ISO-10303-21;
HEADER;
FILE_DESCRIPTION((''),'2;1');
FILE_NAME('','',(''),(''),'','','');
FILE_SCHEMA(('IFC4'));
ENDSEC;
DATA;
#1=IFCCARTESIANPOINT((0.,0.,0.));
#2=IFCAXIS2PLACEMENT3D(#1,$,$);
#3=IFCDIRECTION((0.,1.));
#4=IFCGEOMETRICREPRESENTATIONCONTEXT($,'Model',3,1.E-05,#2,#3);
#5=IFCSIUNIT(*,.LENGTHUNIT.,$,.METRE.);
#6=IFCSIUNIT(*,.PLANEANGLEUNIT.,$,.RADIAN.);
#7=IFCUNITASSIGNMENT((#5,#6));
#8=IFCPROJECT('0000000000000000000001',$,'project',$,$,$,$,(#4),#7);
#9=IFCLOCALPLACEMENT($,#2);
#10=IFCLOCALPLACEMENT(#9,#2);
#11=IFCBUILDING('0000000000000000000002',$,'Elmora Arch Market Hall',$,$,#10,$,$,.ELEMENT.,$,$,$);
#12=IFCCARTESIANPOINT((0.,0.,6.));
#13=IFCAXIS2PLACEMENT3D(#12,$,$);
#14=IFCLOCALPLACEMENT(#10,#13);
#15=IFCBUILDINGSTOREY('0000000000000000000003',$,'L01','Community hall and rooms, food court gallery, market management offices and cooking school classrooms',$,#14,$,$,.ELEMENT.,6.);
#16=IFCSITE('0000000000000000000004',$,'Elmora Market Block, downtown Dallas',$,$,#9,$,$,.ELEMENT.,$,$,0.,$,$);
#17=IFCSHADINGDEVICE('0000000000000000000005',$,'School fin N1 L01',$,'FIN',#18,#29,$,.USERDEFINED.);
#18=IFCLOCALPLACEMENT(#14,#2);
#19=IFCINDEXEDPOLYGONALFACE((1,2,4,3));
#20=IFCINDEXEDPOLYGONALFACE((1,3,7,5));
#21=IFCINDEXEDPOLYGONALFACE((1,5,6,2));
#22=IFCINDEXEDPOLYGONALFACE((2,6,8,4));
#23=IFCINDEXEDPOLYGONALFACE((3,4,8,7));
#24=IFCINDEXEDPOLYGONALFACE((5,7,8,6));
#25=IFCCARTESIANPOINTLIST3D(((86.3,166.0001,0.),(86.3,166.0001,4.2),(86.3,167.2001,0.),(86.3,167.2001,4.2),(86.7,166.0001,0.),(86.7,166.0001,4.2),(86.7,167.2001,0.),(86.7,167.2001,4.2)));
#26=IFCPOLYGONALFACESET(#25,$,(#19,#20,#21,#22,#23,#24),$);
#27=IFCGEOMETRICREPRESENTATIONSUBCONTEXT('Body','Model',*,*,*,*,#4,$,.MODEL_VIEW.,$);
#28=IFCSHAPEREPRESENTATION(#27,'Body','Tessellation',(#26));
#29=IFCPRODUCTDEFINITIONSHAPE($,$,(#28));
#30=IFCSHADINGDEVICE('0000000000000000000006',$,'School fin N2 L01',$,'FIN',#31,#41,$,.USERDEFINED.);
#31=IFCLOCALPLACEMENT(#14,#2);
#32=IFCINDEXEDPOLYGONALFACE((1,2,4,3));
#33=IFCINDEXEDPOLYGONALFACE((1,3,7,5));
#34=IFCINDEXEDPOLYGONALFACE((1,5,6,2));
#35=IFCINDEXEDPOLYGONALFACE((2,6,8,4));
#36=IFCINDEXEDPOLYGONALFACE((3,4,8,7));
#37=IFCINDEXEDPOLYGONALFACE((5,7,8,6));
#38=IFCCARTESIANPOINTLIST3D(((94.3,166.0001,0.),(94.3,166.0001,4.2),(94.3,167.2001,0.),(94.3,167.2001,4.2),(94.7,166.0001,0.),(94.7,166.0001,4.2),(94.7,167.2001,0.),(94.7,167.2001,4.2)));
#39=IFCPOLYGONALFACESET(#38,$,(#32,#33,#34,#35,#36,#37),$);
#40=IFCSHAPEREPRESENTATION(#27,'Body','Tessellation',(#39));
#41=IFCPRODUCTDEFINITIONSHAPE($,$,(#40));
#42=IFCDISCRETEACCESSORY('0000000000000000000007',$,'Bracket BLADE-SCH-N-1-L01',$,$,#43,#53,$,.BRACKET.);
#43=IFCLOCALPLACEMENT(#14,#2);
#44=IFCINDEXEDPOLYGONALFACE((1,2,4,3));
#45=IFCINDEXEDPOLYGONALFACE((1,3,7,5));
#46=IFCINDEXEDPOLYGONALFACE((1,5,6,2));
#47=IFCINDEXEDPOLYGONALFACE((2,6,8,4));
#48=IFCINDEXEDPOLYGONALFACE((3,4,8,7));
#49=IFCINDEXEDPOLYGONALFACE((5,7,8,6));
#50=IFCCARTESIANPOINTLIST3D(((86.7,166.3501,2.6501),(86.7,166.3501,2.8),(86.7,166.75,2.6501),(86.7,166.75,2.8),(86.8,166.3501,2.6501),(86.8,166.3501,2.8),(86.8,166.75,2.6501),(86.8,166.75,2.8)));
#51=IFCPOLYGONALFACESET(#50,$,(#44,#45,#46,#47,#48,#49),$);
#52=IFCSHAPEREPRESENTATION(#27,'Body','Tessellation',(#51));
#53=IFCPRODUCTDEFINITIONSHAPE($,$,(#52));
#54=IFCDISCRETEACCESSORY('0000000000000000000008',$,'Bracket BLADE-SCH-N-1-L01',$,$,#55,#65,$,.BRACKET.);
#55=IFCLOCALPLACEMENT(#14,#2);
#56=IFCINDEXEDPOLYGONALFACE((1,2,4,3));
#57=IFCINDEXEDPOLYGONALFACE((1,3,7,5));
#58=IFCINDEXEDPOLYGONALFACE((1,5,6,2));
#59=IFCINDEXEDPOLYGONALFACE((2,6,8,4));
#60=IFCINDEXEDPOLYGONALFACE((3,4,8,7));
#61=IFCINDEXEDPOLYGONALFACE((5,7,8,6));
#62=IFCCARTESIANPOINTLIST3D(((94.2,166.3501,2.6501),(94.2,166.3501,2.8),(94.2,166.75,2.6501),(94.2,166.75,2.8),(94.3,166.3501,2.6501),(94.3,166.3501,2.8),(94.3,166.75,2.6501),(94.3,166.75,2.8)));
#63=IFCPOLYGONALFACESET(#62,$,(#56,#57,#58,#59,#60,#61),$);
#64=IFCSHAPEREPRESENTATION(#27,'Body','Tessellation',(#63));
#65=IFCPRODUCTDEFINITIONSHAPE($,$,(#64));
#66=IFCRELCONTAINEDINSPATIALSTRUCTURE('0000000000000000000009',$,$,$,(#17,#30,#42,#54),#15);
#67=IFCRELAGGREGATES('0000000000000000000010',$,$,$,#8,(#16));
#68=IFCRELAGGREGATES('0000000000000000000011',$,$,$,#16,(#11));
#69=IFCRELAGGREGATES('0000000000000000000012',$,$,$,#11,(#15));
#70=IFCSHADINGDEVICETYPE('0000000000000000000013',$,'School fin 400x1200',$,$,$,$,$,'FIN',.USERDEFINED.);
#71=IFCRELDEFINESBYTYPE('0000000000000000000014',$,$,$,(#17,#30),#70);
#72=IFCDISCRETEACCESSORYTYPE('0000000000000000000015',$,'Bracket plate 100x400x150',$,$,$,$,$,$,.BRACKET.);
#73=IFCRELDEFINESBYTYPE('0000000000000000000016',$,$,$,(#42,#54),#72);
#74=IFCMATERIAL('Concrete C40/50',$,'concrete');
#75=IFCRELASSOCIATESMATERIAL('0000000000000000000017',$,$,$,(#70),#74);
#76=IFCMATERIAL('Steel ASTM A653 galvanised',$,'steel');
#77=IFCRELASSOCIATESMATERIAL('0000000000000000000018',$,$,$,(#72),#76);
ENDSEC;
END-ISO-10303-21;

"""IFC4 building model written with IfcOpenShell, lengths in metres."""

from ifc_helpers import new_model, si_unit, direction, frame, origin, origin_2d, place, context, subcontext, project, spatial, rectangle, extrude, material, type_object, element, save


model = new_model("IFC4")

# Units and contexts
model_context = context("Model", 3, precision=1e-05, world=origin(), true_north=direction((0.0, 1.0)))
body_context = subcontext(model_context, "Body", "Model", "MODEL_VIEW")
ifc_project = project(units=[si_unit("LENGTHUNIT", "METRE"), si_unit("PLANEANGLEUNIT", "RADIAN")], contexts=[model_context])

# Site, building, storey
site_placement = place(None, origin())
site = spatial("IfcSite", under=ifc_project, at=site_placement, Name="Elmora Market Block, downtown Dallas", CompositionType="ELEMENT", RefElevation=0.0)
building_placement = place(site_placement, origin())
building = spatial("IfcBuilding", under=site, at=building_placement, Name="Elmora Arch Market Hall", CompositionType="ELEMENT")
storey_placement = place(building_placement, frame((0.0, 0.0, 6.0)))
storey = spatial("IfcBuildingStorey", under=building, at=storey_placement, Name="L01", Description="Community hall and rooms, food court gallery, market management offices and cooking school classrooms", CompositionType="ELEMENT", Elevation=6.0)

# Shading devices
ifc_material_1 = material(Name="Concrete C40/50", Category="concrete")
shading_device_type_1 = type_object("IfcShadingDeviceType", Name="School fin 400x1200", ElementType="FIN", PredefinedType="USERDEFINED", material=ifc_material_1)
for number, where, z_axis, x_axis, name in (
    (1, (86.5, 166.6001, 0.0), (0.0, 0.0, 1.0), (1.0, 0.0, 0.0), "School fin N1 L01"),
    (2, (94.5, 166.6001, 0.0), (0.0, 0.0, 1.0), (1.0, 0.0, 0.0), "School fin N2 L01"),
):
    element("IfcShadingDevice", number, at=place(storey_placement, frame(where, z_axis=z_axis, x_axis=x_axis)), inside=storey, type_object=shading_device_type_1, Name=name, ObjectType="FIN", PredefinedType="USERDEFINED", context=body_context, shape_type="SweptSolid", body=[
        extrude(rectangle(XDim=0.3999, YDim=1.2, at=origin_2d()), origin(), (0.0, 0.0, 1.0), 4.2),
    ])

# Discrete accessories
ifc_material_2 = material(Name="Steel ASTM A653 galvanised", Category="steel")
discrete_accessory_type = type_object("IfcDiscreteAccessoryType", Name="Bracket plate 100x400x150", PredefinedType="BRACKET", material=ifc_material_2)
for number, where, z_axis, x_axis, name in (
    (3, (86.75, 166.55, 2.6501), (0.0, 0.0, 1.0), (1.0, 0.0, 0.0), "Bracket BLADE-SCH-N-1-L01"),
    (4, (94.25, 166.55, 2.6501), (0.0, 0.0, 1.0), (1.0, 0.0, 0.0), "Bracket BLADE-SCH-N-1-L01"),
):
    element("IfcDiscreteAccessory", number, at=place(storey_placement, frame(where, z_axis=z_axis, x_axis=x_axis)), inside=storey, type_object=discrete_accessory_type, Name=name, PredefinedType="BRACKET", context=body_context, shape_type="SweptSolid", body=[
        extrude(rectangle(XDim=0.1001, YDim=0.3999, at=origin_2d()), origin(), (0.0, 0.0, 1.0), 0.1499),
    ])

save(model, "model.ifc")
